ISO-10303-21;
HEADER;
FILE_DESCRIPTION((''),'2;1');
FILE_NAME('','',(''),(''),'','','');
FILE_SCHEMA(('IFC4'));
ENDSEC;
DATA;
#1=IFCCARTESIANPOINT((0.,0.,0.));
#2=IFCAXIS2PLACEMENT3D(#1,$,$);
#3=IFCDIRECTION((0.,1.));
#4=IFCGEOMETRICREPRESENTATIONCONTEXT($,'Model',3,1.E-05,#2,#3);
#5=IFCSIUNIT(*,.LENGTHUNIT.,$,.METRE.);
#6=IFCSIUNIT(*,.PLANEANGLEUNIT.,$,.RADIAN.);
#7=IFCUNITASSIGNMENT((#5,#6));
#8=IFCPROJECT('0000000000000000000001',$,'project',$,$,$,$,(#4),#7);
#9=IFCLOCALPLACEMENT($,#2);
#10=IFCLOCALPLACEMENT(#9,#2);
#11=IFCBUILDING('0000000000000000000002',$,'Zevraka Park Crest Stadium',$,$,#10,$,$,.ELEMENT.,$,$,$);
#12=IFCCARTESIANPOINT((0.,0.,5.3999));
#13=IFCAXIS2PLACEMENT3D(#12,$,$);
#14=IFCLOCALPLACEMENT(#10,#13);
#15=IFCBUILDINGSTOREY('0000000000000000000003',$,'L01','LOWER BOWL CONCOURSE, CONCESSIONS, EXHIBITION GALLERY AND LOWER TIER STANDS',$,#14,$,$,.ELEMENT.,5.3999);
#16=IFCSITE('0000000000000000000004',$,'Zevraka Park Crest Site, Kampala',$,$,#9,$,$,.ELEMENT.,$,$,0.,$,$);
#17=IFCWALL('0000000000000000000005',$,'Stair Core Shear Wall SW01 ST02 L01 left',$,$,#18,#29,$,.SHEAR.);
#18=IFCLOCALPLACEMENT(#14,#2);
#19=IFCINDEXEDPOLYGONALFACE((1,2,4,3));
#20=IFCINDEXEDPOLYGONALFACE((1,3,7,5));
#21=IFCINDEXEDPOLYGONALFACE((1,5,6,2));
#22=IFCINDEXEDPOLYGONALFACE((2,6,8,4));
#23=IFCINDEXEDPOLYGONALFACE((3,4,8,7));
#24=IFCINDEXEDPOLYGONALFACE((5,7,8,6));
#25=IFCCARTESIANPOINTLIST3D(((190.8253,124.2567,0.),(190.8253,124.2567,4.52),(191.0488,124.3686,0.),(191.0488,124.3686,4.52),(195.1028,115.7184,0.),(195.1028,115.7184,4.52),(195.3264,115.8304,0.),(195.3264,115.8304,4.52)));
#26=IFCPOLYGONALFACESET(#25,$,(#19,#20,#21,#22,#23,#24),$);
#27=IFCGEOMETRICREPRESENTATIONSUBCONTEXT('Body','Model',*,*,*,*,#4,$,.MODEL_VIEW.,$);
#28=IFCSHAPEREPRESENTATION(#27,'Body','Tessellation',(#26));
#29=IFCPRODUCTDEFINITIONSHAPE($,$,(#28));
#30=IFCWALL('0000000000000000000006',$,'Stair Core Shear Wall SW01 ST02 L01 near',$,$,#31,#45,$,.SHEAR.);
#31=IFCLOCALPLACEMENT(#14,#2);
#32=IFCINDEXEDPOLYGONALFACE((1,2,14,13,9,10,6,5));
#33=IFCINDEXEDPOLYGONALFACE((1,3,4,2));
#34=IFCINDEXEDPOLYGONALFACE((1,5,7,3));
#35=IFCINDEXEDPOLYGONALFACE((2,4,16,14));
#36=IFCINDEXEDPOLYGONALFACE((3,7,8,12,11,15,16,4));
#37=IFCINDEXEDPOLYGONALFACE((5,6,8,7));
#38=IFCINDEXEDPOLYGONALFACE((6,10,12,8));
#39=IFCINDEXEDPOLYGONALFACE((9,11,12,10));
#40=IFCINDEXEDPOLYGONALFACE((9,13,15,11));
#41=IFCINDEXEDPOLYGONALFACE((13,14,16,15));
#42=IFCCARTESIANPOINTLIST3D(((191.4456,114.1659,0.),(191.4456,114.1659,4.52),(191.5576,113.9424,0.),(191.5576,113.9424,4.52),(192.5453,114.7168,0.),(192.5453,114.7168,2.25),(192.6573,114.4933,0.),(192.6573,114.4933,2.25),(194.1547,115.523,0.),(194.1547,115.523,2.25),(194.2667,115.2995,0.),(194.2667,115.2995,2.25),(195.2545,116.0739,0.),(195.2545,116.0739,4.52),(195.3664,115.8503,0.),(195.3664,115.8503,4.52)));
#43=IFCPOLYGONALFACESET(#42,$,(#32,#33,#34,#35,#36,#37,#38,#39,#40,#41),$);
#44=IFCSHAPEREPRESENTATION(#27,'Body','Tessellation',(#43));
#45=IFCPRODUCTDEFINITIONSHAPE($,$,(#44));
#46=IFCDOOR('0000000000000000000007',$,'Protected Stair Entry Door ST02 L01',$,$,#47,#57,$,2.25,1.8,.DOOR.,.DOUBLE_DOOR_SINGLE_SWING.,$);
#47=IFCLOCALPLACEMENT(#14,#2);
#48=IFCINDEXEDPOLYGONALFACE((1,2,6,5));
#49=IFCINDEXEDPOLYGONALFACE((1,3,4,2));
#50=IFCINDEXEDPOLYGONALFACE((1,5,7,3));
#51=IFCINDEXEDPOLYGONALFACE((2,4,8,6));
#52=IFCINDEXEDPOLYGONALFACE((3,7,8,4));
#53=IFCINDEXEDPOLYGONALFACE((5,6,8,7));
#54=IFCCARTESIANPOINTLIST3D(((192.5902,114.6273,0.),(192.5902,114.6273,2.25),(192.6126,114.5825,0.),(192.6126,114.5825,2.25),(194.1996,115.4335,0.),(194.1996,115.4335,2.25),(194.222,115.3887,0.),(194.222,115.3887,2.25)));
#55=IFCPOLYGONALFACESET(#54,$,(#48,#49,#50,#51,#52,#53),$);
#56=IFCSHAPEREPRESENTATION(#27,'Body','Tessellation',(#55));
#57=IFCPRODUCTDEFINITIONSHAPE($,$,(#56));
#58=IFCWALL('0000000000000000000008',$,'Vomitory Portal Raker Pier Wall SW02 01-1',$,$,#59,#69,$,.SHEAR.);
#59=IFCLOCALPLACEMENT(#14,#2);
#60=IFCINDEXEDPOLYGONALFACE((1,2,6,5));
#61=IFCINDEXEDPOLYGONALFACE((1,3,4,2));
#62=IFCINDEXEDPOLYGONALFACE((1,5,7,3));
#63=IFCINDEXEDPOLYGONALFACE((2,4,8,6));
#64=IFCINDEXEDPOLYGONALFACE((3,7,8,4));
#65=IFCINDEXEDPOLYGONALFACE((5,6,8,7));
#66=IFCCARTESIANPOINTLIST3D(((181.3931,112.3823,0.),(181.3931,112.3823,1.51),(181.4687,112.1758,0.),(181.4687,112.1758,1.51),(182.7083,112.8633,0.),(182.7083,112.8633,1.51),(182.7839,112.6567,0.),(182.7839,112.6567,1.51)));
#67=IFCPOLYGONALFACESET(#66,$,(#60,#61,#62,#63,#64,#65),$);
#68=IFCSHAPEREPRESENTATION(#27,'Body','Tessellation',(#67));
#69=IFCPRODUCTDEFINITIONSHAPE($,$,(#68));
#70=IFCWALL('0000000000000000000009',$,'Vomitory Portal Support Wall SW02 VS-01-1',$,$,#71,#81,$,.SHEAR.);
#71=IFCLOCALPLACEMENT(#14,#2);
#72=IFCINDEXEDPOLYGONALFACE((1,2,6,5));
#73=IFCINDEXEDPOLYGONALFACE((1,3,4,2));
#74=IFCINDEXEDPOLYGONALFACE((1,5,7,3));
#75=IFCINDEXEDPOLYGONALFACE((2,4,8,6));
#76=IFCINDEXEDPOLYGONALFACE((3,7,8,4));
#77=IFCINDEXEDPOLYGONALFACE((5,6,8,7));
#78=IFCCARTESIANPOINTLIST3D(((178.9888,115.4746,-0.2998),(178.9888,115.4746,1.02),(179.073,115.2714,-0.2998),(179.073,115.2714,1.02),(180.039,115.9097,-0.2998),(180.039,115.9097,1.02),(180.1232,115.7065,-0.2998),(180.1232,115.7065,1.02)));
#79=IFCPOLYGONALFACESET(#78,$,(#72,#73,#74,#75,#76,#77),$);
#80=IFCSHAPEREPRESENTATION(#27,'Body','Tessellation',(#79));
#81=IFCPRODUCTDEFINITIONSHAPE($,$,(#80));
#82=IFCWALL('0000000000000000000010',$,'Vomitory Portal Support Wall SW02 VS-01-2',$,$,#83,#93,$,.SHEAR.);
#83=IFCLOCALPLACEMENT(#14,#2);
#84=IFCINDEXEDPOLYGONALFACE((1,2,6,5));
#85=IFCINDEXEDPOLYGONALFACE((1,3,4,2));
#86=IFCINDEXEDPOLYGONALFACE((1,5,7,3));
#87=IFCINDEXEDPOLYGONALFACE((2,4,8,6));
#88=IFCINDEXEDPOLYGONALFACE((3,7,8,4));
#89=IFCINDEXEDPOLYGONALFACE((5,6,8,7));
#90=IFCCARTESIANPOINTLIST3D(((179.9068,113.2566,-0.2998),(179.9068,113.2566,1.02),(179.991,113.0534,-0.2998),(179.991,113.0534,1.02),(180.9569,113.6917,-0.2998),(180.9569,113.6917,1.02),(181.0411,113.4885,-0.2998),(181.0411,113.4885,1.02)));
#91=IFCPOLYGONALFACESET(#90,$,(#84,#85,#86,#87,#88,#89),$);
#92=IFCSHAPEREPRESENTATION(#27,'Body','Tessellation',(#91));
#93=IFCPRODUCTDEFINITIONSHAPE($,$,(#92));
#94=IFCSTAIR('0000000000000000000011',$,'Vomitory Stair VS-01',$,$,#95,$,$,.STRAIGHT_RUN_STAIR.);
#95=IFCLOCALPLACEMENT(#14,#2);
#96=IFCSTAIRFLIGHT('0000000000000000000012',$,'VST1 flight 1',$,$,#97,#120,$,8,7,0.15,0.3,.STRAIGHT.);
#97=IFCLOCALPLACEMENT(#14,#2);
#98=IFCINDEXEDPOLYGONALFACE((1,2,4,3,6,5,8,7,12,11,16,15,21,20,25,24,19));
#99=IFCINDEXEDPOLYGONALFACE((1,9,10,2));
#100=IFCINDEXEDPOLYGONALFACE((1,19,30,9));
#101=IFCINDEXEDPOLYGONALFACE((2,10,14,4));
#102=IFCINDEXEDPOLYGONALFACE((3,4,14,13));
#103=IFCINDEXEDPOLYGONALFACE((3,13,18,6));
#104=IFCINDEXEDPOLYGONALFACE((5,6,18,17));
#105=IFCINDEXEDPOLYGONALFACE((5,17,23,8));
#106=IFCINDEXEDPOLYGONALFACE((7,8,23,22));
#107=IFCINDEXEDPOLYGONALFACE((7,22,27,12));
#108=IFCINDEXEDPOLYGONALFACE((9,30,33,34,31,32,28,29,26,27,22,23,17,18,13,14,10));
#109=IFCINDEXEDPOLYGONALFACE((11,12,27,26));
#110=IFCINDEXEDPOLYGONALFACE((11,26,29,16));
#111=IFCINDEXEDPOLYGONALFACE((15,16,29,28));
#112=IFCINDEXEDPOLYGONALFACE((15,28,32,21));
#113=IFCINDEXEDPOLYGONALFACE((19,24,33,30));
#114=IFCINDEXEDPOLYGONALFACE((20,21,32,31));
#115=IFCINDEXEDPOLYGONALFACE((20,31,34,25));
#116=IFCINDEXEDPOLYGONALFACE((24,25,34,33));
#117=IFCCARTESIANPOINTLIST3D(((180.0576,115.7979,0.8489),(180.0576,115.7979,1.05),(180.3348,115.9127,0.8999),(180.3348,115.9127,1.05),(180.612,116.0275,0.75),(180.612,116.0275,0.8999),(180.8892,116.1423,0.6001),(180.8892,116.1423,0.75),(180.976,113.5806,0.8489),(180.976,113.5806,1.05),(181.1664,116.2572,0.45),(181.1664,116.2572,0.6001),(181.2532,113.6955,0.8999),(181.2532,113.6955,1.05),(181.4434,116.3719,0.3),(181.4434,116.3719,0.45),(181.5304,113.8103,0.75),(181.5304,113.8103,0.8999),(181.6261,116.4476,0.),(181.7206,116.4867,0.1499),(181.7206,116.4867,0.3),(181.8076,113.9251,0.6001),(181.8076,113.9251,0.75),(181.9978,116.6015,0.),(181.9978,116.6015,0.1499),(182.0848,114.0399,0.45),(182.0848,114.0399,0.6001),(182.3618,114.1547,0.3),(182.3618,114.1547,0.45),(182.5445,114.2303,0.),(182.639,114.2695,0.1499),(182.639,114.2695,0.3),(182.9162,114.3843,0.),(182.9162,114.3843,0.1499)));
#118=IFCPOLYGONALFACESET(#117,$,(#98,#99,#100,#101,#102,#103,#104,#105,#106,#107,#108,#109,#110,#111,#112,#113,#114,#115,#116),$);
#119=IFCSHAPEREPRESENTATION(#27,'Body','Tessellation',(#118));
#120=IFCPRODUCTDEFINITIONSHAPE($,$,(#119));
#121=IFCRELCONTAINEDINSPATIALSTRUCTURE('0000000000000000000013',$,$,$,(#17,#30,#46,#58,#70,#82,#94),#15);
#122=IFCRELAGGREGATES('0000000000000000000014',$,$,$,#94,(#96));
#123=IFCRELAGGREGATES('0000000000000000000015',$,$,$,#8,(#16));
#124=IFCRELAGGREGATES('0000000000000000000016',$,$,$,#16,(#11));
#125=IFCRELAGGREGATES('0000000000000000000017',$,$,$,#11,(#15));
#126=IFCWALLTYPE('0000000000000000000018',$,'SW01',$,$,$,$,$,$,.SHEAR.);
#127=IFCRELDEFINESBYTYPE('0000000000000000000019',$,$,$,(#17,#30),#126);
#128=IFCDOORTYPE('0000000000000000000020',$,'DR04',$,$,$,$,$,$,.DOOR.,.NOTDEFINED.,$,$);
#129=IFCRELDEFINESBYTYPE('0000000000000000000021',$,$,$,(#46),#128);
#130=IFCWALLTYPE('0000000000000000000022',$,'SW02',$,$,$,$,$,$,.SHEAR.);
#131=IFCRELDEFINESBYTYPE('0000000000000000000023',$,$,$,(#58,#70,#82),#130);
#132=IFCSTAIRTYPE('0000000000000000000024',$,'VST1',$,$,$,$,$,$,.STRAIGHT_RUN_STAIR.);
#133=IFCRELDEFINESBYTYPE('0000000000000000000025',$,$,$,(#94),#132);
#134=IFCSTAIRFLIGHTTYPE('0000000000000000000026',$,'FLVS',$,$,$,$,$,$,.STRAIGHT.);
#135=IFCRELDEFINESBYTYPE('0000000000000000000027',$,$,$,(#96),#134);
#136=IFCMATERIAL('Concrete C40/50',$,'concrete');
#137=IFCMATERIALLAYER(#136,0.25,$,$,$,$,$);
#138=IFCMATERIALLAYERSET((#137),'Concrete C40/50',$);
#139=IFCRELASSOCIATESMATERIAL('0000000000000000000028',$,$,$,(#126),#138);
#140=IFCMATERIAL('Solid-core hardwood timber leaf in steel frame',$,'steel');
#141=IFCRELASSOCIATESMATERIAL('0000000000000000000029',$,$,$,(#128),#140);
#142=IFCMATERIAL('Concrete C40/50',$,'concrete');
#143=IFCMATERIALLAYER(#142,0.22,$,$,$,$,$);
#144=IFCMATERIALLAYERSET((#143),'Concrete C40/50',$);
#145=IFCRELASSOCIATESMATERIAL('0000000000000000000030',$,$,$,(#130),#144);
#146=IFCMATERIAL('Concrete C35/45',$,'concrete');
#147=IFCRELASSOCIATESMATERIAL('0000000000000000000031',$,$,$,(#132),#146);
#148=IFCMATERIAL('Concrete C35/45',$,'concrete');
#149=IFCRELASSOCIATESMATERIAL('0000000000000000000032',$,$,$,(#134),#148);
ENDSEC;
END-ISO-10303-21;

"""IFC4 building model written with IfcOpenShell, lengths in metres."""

from ifc_helpers import new_model, si_unit, direction, frame, frame_2d, origin, place, context, subcontext, project, spatial, polyline, rectangle, outline, extrude, material, layer, layer_set, type_object, element, fill, aggregate, save


model = new_model("IFC4")

# Units and contexts
model_context = context("Model", 3, precision=1e-05, world=origin(), true_north=direction((0.0, 1.0)))
body_context = subcontext(model_context, "Body", "Model", "MODEL_VIEW")
ifc_project = project(units=[si_unit("LENGTHUNIT", "METRE"), si_unit("PLANEANGLEUNIT", "RADIAN")], contexts=[model_context])

# Site, building, storey
site_placement = place(None, origin())
site = spatial("IfcSite", under=ifc_project, at=site_placement, Name="Zevraka Park Crest Site, Kampala", CompositionType="ELEMENT", RefElevation=0.0)
building_placement = place(site_placement, origin())
building = spatial("IfcBuilding", under=site, at=building_placement, Name="Zevraka Park Crest Stadium", CompositionType="ELEMENT")
storey_placement = place(building_placement, frame((0.0, 0.0, 5.3999)))
storey = spatial("IfcBuildingStorey", under=building, at=storey_placement, Name="L01", Description="LOWER BOWL CONCOURSE, CONCESSIONS, EXHIBITION GALLERY AND LOWER TIER STANDS", CompositionType="ELEMENT", Elevation=5.3999)

# Wall
ifc_material_1 = material(Name="Concrete C40/50", Category="concrete")
ifc_layer_1 = layer(ifc_material_1, 0.25)
ifc_layer_set_1 = layer_set([ifc_layer_1], Name="Concrete C40/50")
wall_type_1 = type_object("IfcWallType", Name="SW01", PredefinedType="SHEAR", material=ifc_layer_set_1)
wall_1_placement = place(storey_placement, frame((195.2146, 115.7744, 0.0), z_axis=(0.0, 0.0, 1.0), x_axis=(-0.447919, 0.894074, 0.0)))
element("IfcWall", 1, at=wall_1_placement, inside=storey, type_object=wall_type_1, Name="Stair Core Shear Wall SW01 ST02 L01 left", PredefinedType="SHEAR", context=body_context, shape_type="SweptSolid", body=[
    extrude(rectangle(XDim=9.5498, YDim=0.25, at=frame_2d((4.7749, 0.0))), origin(), (0.0, 0.0, 1.0), 4.52),
])

# Wall, opening, door
wall_2_placement = place(storey_placement, frame((191.5017, 114.0542, 0.0), z_axis=(0.0, 0.0, 1.0), x_axis=(0.894095, 0.447878, 0.0)))
wall_2 = element("IfcWall", 2, at=wall_2_placement, inside=storey, type_object=wall_type_1, Name="Stair Core Shear Wall SW01 ST02 L01 near", PredefinedType="SHEAR", context=body_context, shape_type="SweptSolid", body=[
    extrude(rectangle(XDim=4.26, YDim=0.25, at=frame_2d((2.1299, 0.0))), origin(), (0.0, 0.0, 1.0), 4.52),
])
opening_1_placement = place(wall_2_placement, frame((1.23, 0.0, 0.0)))
opening_1 = element("IfcOpeningElement", 3, at=opening_1_placement, cuts=wall_2, PredefinedType="OPENING", context=body_context, shape_type="SweptSolid", body=[
    extrude(rectangle(XDim=1.8, YDim=2.25, at=frame_2d((0.8999, 1.125))), frame((0.0, 0.135, 0.0), z_axis=(0.0, -1.0, 0.0), x_axis=(1.0, 0.0, 0.0)), (0.0, 0.0, 1.0), 0.27),
])
ifc_material_2 = material(Name="Solid-core hardwood timber leaf in steel frame", Category="steel")
door_type_1 = type_object("IfcDoorType", Name="DR04", OperationType="NOTDEFINED", PredefinedType="DOOR", material=ifc_material_2)
door_1_placement = place(opening_1_placement, origin())
door_1 = element("IfcDoor", 4, at=door_1_placement, inside=storey, type_object=door_type_1, Name="Protected Stair Entry Door ST02 L01", OperationType="DOUBLE_DOOR_SINGLE_SWING", OverallHeight=2.25, OverallWidth=1.8, PredefinedType="DOOR", context=body_context, shape_type="SweptSolid", body=[
    extrude(rectangle(XDim=1.8, YDim=2.25, at=frame_2d((0.8999, 1.125))), frame((0.0, 0.0249, 0.0), z_axis=(0.0, -1.0, 0.0), x_axis=(1.0, 0.0, 0.0)), (0.0, 0.0, 1.0), 0.05),
])
fill(opening_1, door_1)

# Walls
ifc_material_3 = material(Name="Concrete C40/50", Category="concrete")
ifc_layer_2 = layer(ifc_material_3, 0.22)
ifc_layer_set_2 = layer_set([ifc_layer_2], Name="Concrete C40/50")
wall_type_2 = type_object("IfcWallType", Name="SW02", PredefinedType="SHEAR", material=ifc_layer_set_2)
wall_3_placement = place(storey_placement, frame((181.4309, 112.2791, 0.0), z_axis=(0.0, 0.0, 1.0), x_axis=(0.939171, 0.34345, 0.0)))
element("IfcWall", 5, at=wall_3_placement, inside=storey, type_object=wall_type_2, Name="Vomitory Portal Raker Pier Wall SW02 01-1", PredefinedType="SHEAR", context=body_context, shape_type="SweptSolid", body=[
    extrude(rectangle(XDim=1.4004, YDim=0.22, at=frame_2d((0.7002, 0.0))), origin(), (0.0, 0.0, 1.0), 1.51),
])
for number, where, z_axis, x_axis, name in (
    (6, (180.0811, 115.8081, -0.2998), (0.0, 0.0, 1.0), (-0.923844, -0.382769, 0.0), "Vomitory Portal Support Wall SW02 VS-01-1"),
    (7, (180.999, 113.5901, -0.2998), (0.0, 0.0, 1.0), (-0.923844, -0.382769, 0.0), "Vomitory Portal Support Wall SW02 VS-01-2"),
):
    element("IfcWall", number, at=place(storey_placement, frame(where, z_axis=z_axis, x_axis=x_axis)), inside=storey, type_object=wall_type_2, Name=name, PredefinedType="SHEAR", context=body_context, shape_type="SweptSolid", body=[
        extrude(rectangle(XDim=1.1367, YDim=0.22, at=frame_2d((0.5684, 0.0))), origin(), (0.0, 0.0, 1.0), 1.3198),
    ])

# Stair, stair flight
ifc_material_4 = material(Name="Concrete C35/45", Category="concrete")
stair_type = type_object("IfcStairType", Name="VST1", PredefinedType="STRAIGHT_RUN_STAIR", material=ifc_material_4)
stair_placement = place(storey_placement, origin())
stair = element("IfcStair", 8, at=stair_placement, inside=storey, type_object=stair_type, Name="Vomitory Stair VS-01", PredefinedType="STRAIGHT_RUN_STAIR")
ifc_material_5 = material(Name="Concrete C35/45", Category="concrete")
stair_flight_type = type_object("IfcStairFlightType", Name="FLVS", PredefinedType="STRAIGHT", material=ifc_material_5)
stair_flight_placement = place(storey_placement, frame((182.457, 115.4929, 0.0), z_axis=(0.0, 0.0, 1.0), x_axis=(-0.923882, -0.382677, 0.0)))
stair_flight = element("IfcStairFlight", 9, at=stair_flight_placement, type_object=stair_flight_type, Name="VST1 flight 1", NumberOfRisers=8, NumberOfTreads=7, PredefinedType="STRAIGHT", RiserHeight=0.15, TreadLength=0.3, context=body_context, shape_type="SweptSolid", body=[
    extrude(outline(polyline([(0.0, 0.0), (0.0, 0.1499), (0.3, 0.1499), (0.3, 0.3), (0.6001, 0.3), (0.6001, 0.45), (0.8999, 0.45), (0.8999, 0.6001), (1.2, 0.6001), (1.2, 0.75), (1.5, 0.75), (1.5, 0.8999), (1.8, 0.8999), (1.8, 1.05), (2.1001, 1.05), (2.1001, 1.2), (2.1001, 0.8489), (0.4023, 0.0), (0.0, 0.0)])), frame((0.0, 1.2, 0.0), z_axis=(0.0, -1.0, 0.0), x_axis=(1.0, 0.0, 0.0)), (0.0, 0.0, 1.0), 2.3999),
])
aggregate(stair, [stair_flight])

save(model, "model.ifc")
